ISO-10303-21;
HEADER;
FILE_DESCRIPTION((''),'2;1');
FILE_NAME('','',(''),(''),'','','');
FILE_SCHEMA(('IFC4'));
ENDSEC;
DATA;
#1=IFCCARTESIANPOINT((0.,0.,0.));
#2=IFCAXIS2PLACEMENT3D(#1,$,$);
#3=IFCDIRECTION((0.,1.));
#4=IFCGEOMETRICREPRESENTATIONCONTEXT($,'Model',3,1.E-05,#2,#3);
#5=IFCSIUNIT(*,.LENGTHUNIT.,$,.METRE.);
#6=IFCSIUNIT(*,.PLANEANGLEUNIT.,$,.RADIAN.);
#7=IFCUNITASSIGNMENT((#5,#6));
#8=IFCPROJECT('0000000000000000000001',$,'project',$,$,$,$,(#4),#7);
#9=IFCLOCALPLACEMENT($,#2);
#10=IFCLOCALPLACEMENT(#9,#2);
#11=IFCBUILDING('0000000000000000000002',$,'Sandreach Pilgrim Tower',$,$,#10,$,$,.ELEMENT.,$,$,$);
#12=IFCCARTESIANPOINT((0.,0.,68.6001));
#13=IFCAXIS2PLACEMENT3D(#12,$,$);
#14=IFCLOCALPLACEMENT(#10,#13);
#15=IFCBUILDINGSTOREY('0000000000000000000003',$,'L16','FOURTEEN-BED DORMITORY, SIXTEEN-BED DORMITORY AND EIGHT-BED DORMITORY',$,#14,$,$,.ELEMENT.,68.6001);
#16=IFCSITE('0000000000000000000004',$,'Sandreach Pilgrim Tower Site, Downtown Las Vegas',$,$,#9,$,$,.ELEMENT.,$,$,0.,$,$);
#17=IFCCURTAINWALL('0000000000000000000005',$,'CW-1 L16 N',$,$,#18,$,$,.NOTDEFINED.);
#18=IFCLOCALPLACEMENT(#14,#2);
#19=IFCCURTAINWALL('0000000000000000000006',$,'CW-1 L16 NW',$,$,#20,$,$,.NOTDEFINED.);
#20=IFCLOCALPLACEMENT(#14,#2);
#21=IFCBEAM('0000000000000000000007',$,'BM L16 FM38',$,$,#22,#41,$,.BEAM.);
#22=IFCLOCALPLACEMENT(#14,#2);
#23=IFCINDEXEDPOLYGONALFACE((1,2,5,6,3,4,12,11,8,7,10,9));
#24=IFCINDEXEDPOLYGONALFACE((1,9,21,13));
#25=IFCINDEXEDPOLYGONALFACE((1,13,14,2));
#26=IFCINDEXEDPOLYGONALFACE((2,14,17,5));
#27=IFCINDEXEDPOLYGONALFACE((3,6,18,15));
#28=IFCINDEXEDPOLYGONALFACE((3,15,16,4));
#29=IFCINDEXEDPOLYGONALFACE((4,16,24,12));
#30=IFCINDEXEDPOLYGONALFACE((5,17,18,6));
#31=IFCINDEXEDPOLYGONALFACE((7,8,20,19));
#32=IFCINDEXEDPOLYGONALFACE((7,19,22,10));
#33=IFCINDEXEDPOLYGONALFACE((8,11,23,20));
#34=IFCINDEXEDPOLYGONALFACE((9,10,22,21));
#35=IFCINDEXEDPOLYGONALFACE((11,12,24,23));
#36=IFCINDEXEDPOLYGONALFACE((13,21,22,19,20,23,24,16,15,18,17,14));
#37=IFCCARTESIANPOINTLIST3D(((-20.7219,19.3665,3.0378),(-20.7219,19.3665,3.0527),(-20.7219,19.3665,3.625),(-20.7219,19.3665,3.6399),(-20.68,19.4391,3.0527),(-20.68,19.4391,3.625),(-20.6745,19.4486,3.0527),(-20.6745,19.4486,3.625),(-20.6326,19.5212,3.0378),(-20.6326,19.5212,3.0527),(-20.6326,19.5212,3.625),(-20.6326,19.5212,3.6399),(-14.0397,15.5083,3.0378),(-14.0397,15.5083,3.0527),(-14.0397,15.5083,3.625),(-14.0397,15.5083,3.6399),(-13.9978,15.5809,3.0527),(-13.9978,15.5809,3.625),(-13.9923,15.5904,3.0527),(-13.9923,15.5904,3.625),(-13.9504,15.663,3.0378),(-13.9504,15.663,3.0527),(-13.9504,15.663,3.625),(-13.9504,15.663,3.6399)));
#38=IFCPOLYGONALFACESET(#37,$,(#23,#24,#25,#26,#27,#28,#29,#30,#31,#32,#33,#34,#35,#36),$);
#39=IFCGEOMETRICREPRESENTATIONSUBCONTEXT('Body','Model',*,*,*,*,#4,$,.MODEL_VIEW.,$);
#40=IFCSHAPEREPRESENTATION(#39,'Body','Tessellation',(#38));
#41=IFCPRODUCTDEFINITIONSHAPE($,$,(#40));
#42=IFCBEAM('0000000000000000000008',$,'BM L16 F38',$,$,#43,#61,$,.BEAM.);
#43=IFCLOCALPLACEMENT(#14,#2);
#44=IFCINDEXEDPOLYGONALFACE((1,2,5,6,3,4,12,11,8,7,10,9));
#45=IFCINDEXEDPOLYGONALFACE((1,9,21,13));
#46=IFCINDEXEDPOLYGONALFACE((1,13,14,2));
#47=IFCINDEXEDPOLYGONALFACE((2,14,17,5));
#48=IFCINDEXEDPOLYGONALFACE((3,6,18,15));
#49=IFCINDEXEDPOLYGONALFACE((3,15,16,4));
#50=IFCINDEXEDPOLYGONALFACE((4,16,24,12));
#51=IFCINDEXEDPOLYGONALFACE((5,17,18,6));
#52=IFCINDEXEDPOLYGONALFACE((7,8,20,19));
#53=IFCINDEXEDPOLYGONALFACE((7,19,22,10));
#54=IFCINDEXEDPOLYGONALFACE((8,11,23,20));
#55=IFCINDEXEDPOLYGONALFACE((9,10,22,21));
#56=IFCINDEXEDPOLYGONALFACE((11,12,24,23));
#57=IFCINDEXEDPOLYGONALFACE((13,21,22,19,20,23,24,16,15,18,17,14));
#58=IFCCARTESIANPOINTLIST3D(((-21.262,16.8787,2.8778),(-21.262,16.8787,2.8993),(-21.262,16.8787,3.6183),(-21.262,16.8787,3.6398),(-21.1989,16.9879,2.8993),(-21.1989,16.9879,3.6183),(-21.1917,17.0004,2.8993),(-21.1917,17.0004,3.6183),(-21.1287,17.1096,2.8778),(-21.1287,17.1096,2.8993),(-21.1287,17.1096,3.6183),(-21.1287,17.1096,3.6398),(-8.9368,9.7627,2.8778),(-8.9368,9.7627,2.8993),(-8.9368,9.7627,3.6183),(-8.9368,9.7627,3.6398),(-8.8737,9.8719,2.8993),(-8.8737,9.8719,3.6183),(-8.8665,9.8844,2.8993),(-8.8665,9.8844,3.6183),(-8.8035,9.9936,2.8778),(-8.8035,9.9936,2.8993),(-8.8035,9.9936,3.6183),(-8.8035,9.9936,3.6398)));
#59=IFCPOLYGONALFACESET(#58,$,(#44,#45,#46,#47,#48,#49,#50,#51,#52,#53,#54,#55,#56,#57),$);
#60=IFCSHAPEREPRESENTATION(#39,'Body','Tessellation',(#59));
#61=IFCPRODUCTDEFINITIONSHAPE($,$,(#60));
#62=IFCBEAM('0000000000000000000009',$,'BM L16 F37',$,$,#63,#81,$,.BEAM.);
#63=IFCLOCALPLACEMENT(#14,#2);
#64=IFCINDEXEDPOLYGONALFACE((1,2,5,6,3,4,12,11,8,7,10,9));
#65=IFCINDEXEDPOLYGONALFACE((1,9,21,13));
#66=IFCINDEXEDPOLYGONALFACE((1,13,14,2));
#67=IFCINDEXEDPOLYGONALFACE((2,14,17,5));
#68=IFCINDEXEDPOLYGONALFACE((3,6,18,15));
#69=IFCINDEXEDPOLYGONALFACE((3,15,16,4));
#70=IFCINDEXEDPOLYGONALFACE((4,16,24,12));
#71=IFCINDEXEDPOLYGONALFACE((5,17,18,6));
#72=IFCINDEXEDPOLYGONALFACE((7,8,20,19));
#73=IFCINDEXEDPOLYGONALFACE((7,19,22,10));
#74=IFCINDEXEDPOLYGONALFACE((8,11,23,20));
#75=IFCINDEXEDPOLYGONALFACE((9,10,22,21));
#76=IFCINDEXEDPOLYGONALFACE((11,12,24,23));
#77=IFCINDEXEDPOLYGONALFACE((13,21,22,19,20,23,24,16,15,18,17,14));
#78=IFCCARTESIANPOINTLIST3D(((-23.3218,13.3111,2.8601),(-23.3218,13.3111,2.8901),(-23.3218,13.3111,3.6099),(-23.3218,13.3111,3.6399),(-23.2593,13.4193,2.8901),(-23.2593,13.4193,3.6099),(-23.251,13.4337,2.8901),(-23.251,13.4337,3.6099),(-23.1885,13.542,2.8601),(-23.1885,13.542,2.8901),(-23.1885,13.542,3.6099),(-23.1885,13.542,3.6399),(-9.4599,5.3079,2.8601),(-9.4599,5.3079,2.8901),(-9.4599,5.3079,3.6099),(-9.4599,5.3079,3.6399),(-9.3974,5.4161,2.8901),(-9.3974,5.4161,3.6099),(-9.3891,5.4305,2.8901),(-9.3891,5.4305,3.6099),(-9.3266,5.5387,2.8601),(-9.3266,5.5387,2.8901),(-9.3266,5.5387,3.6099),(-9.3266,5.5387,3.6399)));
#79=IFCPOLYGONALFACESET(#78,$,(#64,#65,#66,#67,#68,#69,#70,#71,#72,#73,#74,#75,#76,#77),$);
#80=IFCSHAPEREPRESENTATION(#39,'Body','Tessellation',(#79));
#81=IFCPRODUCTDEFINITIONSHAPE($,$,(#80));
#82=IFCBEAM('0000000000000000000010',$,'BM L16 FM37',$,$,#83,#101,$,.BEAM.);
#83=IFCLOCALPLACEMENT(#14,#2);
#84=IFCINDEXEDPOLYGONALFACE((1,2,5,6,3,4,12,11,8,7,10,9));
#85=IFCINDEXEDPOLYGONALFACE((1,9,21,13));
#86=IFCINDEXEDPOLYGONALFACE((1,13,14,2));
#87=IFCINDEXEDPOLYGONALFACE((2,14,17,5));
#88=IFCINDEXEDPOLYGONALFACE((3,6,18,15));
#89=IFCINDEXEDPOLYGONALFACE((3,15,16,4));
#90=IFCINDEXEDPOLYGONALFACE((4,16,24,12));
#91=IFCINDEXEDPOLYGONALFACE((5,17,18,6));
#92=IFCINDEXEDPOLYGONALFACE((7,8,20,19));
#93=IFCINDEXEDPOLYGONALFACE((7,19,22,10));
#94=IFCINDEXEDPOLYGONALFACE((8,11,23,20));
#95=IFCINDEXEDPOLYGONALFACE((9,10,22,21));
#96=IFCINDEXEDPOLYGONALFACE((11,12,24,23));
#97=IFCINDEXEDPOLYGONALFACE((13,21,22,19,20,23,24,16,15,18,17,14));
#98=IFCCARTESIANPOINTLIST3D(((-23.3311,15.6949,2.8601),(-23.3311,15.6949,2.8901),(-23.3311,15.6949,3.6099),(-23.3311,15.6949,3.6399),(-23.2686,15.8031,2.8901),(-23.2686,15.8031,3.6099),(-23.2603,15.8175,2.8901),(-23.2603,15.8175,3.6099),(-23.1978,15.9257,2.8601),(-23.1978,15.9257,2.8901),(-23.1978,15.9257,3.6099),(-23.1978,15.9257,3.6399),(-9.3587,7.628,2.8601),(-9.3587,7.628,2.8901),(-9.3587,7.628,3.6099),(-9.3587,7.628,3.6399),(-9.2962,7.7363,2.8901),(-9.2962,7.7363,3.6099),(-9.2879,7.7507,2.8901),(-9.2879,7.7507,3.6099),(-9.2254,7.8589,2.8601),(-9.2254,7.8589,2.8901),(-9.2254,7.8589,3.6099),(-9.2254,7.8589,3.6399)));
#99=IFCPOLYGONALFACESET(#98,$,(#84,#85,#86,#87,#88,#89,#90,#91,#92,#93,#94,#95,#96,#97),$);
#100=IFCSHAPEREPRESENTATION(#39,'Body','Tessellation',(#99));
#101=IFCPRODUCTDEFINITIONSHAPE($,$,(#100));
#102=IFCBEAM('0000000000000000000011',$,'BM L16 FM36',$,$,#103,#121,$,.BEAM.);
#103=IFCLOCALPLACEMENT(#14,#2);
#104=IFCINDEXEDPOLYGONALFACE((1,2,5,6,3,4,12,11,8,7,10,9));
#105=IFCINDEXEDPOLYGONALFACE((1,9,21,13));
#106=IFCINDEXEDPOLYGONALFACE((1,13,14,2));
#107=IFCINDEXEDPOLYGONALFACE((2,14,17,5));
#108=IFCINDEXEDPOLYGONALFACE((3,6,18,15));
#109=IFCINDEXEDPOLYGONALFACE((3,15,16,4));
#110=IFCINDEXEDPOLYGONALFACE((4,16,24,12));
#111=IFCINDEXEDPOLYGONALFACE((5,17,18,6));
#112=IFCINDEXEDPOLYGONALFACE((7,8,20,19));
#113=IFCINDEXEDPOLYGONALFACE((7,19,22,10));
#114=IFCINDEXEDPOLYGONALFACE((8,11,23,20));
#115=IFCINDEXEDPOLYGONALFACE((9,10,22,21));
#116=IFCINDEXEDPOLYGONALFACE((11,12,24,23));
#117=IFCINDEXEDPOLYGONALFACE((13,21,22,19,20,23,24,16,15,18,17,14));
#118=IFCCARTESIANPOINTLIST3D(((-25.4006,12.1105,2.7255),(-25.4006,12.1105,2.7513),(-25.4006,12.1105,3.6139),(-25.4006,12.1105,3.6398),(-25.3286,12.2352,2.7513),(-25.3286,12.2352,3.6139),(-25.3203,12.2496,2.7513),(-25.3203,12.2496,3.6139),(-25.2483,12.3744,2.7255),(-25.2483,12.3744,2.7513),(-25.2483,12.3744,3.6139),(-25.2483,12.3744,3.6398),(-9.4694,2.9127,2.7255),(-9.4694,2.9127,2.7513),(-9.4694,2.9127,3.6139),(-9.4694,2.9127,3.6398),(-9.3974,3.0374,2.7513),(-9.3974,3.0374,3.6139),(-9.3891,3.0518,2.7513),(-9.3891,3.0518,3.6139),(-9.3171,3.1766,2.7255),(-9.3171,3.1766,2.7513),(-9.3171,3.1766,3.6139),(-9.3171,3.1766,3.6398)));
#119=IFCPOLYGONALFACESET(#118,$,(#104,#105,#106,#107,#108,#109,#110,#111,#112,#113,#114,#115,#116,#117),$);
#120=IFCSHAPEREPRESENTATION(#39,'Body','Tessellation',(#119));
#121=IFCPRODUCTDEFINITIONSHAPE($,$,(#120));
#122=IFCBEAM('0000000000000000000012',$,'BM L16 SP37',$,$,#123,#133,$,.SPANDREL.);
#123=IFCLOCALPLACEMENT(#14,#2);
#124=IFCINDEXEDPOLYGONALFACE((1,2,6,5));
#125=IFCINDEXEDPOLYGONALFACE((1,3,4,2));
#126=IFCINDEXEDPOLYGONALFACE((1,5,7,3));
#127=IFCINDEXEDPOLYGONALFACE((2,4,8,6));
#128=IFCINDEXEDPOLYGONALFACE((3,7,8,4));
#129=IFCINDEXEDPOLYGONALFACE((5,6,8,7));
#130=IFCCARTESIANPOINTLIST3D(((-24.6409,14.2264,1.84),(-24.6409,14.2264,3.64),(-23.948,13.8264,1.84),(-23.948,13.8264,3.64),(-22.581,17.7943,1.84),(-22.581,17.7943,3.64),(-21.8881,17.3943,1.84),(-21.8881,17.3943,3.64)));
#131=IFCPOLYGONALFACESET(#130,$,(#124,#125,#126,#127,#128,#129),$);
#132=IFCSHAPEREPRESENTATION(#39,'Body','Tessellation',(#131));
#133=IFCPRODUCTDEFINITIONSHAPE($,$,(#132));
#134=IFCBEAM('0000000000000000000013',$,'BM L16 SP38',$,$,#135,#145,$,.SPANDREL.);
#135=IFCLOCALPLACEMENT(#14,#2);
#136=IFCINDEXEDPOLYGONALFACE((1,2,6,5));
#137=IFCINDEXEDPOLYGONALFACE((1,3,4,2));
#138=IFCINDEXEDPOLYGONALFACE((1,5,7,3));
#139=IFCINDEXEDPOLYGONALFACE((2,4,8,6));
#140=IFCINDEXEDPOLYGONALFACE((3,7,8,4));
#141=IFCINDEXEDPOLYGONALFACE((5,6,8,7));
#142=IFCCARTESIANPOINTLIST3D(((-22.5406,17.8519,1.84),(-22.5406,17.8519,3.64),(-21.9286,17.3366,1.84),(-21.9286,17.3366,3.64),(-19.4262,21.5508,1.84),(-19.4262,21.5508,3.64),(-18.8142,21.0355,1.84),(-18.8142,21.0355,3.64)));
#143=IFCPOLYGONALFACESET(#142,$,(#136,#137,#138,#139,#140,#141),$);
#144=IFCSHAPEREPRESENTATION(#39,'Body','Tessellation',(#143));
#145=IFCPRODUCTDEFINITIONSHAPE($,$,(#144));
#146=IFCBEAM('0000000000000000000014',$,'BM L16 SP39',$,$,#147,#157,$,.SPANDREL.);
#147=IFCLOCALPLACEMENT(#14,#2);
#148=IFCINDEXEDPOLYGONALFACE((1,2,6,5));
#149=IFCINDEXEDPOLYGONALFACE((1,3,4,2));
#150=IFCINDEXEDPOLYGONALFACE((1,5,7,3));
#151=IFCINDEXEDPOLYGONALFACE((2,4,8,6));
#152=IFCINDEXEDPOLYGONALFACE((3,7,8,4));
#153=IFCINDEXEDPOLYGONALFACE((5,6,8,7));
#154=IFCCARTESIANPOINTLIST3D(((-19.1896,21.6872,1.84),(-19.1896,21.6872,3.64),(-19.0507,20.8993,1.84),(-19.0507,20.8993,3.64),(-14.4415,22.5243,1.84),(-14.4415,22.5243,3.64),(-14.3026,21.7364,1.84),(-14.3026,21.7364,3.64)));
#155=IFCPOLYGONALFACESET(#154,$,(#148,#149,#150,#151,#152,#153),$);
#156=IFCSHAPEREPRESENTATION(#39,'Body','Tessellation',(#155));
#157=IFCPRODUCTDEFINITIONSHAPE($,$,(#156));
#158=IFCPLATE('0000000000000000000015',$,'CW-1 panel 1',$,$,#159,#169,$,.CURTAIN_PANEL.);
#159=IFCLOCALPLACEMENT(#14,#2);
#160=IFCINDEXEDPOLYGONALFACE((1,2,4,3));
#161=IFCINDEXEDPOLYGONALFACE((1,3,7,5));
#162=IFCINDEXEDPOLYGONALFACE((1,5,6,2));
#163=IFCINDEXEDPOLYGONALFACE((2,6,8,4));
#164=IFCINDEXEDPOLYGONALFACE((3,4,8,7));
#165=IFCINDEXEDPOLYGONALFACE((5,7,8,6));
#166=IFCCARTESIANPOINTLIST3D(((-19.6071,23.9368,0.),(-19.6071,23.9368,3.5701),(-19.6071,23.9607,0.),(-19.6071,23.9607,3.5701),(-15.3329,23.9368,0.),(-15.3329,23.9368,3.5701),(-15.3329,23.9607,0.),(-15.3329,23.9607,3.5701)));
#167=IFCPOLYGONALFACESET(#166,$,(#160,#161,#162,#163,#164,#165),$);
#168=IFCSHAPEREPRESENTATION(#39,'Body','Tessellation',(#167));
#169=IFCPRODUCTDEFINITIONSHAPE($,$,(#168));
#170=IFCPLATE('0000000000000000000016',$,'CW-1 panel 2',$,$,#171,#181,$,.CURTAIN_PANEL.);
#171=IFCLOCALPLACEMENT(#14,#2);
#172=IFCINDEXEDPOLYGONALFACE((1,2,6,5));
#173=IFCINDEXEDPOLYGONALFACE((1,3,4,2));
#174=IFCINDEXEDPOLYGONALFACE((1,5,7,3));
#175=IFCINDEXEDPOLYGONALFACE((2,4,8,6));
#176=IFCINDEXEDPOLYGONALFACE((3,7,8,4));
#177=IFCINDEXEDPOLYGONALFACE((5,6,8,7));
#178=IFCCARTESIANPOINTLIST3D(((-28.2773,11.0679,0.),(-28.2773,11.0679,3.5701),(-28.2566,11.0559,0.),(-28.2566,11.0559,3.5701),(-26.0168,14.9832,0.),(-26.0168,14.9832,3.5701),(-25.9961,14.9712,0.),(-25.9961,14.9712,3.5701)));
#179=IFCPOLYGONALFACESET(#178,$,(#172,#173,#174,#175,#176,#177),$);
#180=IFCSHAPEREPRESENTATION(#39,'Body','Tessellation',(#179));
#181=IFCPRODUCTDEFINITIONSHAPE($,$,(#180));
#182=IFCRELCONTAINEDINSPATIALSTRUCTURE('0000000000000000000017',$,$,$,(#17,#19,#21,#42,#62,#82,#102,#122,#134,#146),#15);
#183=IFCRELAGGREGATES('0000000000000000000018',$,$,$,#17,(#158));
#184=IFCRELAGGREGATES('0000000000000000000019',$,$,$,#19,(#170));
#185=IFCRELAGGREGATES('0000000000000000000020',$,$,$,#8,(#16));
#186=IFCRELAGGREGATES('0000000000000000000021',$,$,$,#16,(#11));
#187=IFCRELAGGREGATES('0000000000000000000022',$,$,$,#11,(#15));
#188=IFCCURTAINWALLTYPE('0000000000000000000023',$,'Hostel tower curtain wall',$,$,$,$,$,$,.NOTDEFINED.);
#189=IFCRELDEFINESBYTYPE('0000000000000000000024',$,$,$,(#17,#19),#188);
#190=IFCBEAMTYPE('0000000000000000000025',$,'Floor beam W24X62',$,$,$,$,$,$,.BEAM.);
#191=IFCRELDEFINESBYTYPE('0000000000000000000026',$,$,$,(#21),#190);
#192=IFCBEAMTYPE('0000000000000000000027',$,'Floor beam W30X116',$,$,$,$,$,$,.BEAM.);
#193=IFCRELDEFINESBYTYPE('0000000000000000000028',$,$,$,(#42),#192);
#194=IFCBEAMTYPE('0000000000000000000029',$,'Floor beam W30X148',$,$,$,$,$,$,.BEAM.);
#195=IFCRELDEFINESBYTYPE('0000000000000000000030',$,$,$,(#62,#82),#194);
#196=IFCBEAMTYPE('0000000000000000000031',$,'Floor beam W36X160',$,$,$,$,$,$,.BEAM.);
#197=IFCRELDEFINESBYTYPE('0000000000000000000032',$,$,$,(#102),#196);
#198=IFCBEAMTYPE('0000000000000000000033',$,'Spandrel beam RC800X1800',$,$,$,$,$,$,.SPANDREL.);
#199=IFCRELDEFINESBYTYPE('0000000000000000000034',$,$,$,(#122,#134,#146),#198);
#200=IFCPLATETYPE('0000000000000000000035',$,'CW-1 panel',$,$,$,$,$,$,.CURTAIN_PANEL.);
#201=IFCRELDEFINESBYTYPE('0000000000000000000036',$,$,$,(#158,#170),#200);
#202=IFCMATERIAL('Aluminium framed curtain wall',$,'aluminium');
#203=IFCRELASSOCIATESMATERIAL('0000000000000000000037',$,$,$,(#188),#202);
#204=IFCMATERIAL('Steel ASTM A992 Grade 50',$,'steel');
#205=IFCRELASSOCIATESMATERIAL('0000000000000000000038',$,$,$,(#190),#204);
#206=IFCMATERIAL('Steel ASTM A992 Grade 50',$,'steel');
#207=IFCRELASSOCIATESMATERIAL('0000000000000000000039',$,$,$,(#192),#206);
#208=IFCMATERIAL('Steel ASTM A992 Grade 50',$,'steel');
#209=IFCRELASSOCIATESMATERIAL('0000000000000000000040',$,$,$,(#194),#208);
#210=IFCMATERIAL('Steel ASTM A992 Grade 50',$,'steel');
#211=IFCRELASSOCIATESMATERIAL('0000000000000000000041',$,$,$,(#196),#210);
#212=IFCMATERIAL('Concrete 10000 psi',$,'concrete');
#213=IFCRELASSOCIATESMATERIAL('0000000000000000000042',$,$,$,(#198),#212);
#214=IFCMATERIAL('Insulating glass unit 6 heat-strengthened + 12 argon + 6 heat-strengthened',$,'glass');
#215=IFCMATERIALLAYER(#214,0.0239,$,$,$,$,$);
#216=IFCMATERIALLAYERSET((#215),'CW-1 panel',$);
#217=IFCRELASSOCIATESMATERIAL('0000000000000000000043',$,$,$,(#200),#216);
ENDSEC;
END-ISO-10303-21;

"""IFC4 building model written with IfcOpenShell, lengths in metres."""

from ifc_helpers import new_model, si_unit, direction, frame, origin, origin_2d, place, context, subcontext, project, spatial, rectangle, i_section, extrude, material, layer, layer_set, material_profile, profile_set, type_object, element, aggregate, save


model = new_model("IFC4")

# Units and contexts
model_context = context("Model", 3, precision=1e-05, world=origin(), true_north=direction((0.0, 1.0)))
body_context = subcontext(model_context, "Body", "Model", "MODEL_VIEW")
ifc_project = project(units=[si_unit("LENGTHUNIT", "METRE"), si_unit("PLANEANGLEUNIT", "RADIAN")], contexts=[model_context])

# Site, building, storey
site_placement = place(None, origin())
site = spatial("IfcSite", under=ifc_project, at=site_placement, Name="Sandreach Pilgrim Tower Site, Downtown Las Vegas", CompositionType="ELEMENT", RefElevation=0.0)
building_placement = place(site_placement, origin())
building = spatial("IfcBuilding", under=site, at=building_placement, Name="Sandreach Pilgrim Tower", CompositionType="ELEMENT")
storey_placement = place(building_placement, frame((0.0, 0.0, 68.6001)))
storey = spatial("IfcBuildingStorey", under=building, at=storey_placement, Name="L16", Description="FOURTEEN-BED DORMITORY, SIXTEEN-BED DORMITORY AND EIGHT-BED DORMITORY", CompositionType="ELEMENT", Elevation=68.6001)

# Curtain wall
ifc_material_1 = material(Name="Aluminium framed curtain wall", Category="aluminium")
curtain_wall_type = type_object("IfcCurtainWallType", Name="Hostel tower curtain wall", PredefinedType="NOTDEFINED", material=ifc_material_1)
curtain_wall_1_placement = place(storey_placement, origin())
curtain_wall_1 = element("IfcCurtainWall", 1, at=curtain_wall_1_placement, inside=storey, type_object=curtain_wall_type, Name="CW-1 L16 N", PredefinedType="NOTDEFINED")

# Curtain wall
curtain_wall_2_placement = place(storey_placement, origin())
curtain_wall_2 = element("IfcCurtainWall", 2, at=curtain_wall_2_placement, inside=storey, type_object=curtain_wall_type, Name="CW-1 L16 NW", PredefinedType="NOTDEFINED")

# Beams
ifc_material_2 = material(Name="Steel ASTM A992 Grade 50", Category="steel")
ifc_material_profile_1 = material_profile(ifc_material_2, i_section(OverallWidth=0.1787, OverallDepth=0.6021, WebThickness=0.011, FlangeThickness=0.0149, at=origin_2d()), Name="W24X62")
ifc_profile_set_1 = profile_set([ifc_material_profile_1], Name="Steel ASTM A992 Grade 50")
beam_type_1 = type_object("IfcBeamType", Name="Floor beam W24X62", PredefinedType="BEAM", material=ifc_profile_set_1)
beam_1_placement = place(storey_placement, frame((-20.6772, 19.4438, 3.3389), z_axis=(0.866013, -0.500022, 0.0), x_axis=(0.500022, 0.866013, 0.0)))
element("IfcBeam", 3, at=beam_1_placement, inside=storey, type_object=beam_type_1, Name="BM L16 FM38", PredefinedType="BEAM", context=body_context, shape_type="SweptSolid", body=[
    extrude(i_section(OverallWidth=0.1787, OverallDepth=0.6021, WebThickness=0.011, FlangeThickness=0.0149, at=origin_2d()), origin(), (0.0, 0.0, 1.0), 7.7161),
])
ifc_material_3 = material(Name="Steel ASTM A992 Grade 50", Category="steel")
ifc_material_profile_2 = material_profile(ifc_material_3, i_section(OverallWidth=0.2666, OverallDepth=0.762, WebThickness=0.0144, FlangeThickness=0.0215, at=origin_2d()), Name="W30X116")
ifc_profile_set_2 = profile_set([ifc_material_profile_2], Name="Steel ASTM A992 Grade 50")
beam_type_2 = type_object("IfcBeamType", Name="Floor beam W30X116", PredefinedType="BEAM", material=ifc_profile_set_2)
beam_2_placement = place(storey_placement, frame((-21.1953, 16.9941, 3.2588), z_axis=(0.866025, -0.500001, 0.0), x_axis=(0.500001, 0.866025, 0.0)))
element("IfcBeam", 4, at=beam_2_placement, inside=storey, type_object=beam_type_2, Name="BM L16 F38", PredefinedType="BEAM", context=body_context, shape_type="SweptSolid", body=[
    extrude(i_section(OverallWidth=0.2666, OverallDepth=0.762, WebThickness=0.0144, FlangeThickness=0.0215, at=origin_2d()), origin(), (0.0, 0.0, 1.0), 14.2319),
])
ifc_material_4 = material(Name="Steel ASTM A992 Grade 50", Category="steel")
ifc_material_profile_3 = material_profile(ifc_material_4, i_section(OverallWidth=0.2666, OverallDepth=0.7798, WebThickness=0.0166, FlangeThickness=0.03, at=origin_2d()), Name="W30X148")
ifc_profile_set_3 = profile_set([ifc_material_profile_3], Name="Steel ASTM A992 Grade 50")
beam_type_3 = type_object("IfcBeamType", Name="Floor beam W30X148", PredefinedType="BEAM", material=ifc_profile_set_3)
beam_3_placement = place(storey_placement, frame((-23.2551, 13.4265, 3.25), z_axis=(0.866024, -0.500002, 0.0), x_axis=(0.500002, 0.866024, 0.0)))
element("IfcBeam", 5, at=beam_3_placement, inside=storey, type_object=beam_type_3, Name="BM L16 F37", PredefinedType="BEAM", context=body_context, shape_type="SweptSolid", body=[
    extrude(i_section(OverallWidth=0.2666, OverallDepth=0.7798, WebThickness=0.0166, FlangeThickness=0.03, at=origin_2d()), origin(), (0.0, 0.0, 1.0), 16.0063),
])
beam_4_placement = place(storey_placement, frame((-23.2644, 15.8103, 3.25), z_axis=(0.866028, -0.499996, 0.0), x_axis=(0.499996, 0.866028, 0.0)))
element("IfcBeam", 6, at=beam_4_placement, inside=storey, type_object=beam_type_3, Name="BM L16 FM37", PredefinedType="BEAM", context=body_context, shape_type="SweptSolid", body=[
    extrude(i_section(OverallWidth=0.2666, OverallDepth=0.7798, WebThickness=0.0166, FlangeThickness=0.03, at=origin_2d()), origin(), (0.0, 0.0, 1.0), 16.1338),
])
ifc_material_5 = material(Name="Steel ASTM A992 Grade 50", Category="steel")
ifc_material_profile_4 = material_profile(ifc_material_5, i_section(OverallWidth=0.3047, OverallDepth=0.9143, WebThickness=0.0166, FlangeThickness=0.0259, at=origin_2d()), Name="W36X160")
ifc_profile_set_4 = profile_set([ifc_material_profile_4], Name="Steel ASTM A992 Grade 50")
beam_type_4 = type_object("IfcBeamType", Name="Floor beam W36X160", PredefinedType="BEAM", material=ifc_profile_set_4)
beam_5_placement = place(storey_placement, frame((-25.3245, 12.2424, 3.1826), z_axis=(0.866028, -0.499996, 0.0), x_axis=(0.499996, 0.866028, 0.0)))
element("IfcBeam", 7, at=beam_5_placement, inside=storey, type_object=beam_type_4, Name="BM L16 FM36", PredefinedType="BEAM", context=body_context, shape_type="SweptSolid", body=[
    extrude(i_section(OverallWidth=0.3047, OverallDepth=0.9143, WebThickness=0.0166, FlangeThickness=0.0259, at=origin_2d()), origin(), (0.0, 0.0, 1.0), 18.3958),
])
ifc_material_6 = material(Name="Concrete 10000 psi", Category="concrete")
ifc_material_profile_5 = material_profile(ifc_material_6, rectangle(XDim=0.8, YDim=1.8, at=origin_2d()), Name="RC800X1800")
ifc_profile_set_5 = profile_set([ifc_material_profile_5], Name="Concrete 10000 psi")
beam_type_5 = type_object("IfcBeamType", Name="Spandrel beam RC800X1800", PredefinedType="SPANDREL", material=ifc_profile_set_5)
beam_6_placement = place(storey_placement, frame((-24.2944, 14.0264, 2.74), z_axis=(0.499982, 0.866036, 0.0), x_axis=(-0.866036, 0.499982, 0.0)))
element("IfcBeam", 8, at=beam_6_placement, inside=storey, type_object=beam_type_5, Name="BM L16 SP37", PredefinedType="SPANDREL", context=body_context, shape_type="SweptSolid", body=[
    extrude(rectangle(XDim=0.8, YDim=1.8, at=origin_2d()), origin(), (0.0, 0.0, 1.0), 4.1199),
])
beam_7_placement = place(storey_placement, frame((-22.2346, 17.5942, 2.74), z_axis=(0.644084, 0.764954, 0.0), x_axis=(-0.764954, 0.644084, 0.0)))
element("IfcBeam", 9, at=beam_7_placement, inside=storey, type_object=beam_type_5, Name="BM L16 SP38", PredefinedType="SPANDREL", context=body_context, shape_type="SweptSolid", body=[
    extrude(rectangle(XDim=0.8, YDim=1.8, at=origin_2d()), origin(), (0.0, 0.0, 1.0), 4.8354),
])
beam_8_placement = place(storey_placement, frame((-19.1201, 21.2932, 2.74), z_axis=(0.98481, 0.173638, 0.0), x_axis=(-0.173638, 0.98481, 0.0)))
element("IfcBeam", 10, at=beam_8_placement, inside=storey, type_object=beam_type_5, Name="BM L16 SP39", PredefinedType="SPANDREL", context=body_context, shape_type="SweptSolid", body=[
    extrude(rectangle(XDim=0.8, YDim=1.8, at=origin_2d()), origin(), (0.0, 0.0, 1.0), 4.8213),
])

# Plates
ifc_material_7 = material(Name="Insulating glass unit 6 heat-strengthened + 12 argon + 6 heat-strengthened", Category="glass")
ifc_layer_1 = layer(ifc_material_7, 0.0239)
ifc_layer_set_1 = layer_set([ifc_layer_1], Name="CW-1 panel")
plate_type = type_object("IfcPlateType", Name="CW-1 panel", PredefinedType="CURTAIN_PANEL", material=ifc_layer_set_1)
plate_1_placement = place(storey_placement, frame((-17.47, 23.9487, 0.0), z_axis=(0.0, 0.0, 1.0), x_axis=(1.0, 0.0, 0.0)))
plate_1 = element("IfcPlate", 11, at=plate_1_placement, type_object=plate_type, Name="CW-1 panel 1", PredefinedType="CURTAIN_PANEL", context=body_context, shape_type="SweptSolid", body=[
    extrude(rectangle(XDim=4.2742, YDim=0.0239, at=origin_2d()), origin(), (0.0, 0.0, 1.0), 3.5701),
])
aggregate(curtain_wall_1, [plate_1])
plate_2_placement = place(storey_placement, frame((-27.1367, 13.0195, 0.0), z_axis=(0.0, 0.0, 1.0), x_axis=(0.5, 0.866025, 0.0)))
plate_2 = element("IfcPlate", 12, at=plate_2_placement, type_object=plate_type, Name="CW-1 panel 2", PredefinedType="CURTAIN_PANEL", context=body_context, shape_type="SweptSolid", body=[
    extrude(rectangle(XDim=4.521, YDim=0.0239, at=origin_2d()), origin(), (0.0, 0.0, 1.0), 3.5701),
])
aggregate(curtain_wall_2, [plate_2])

save(model, "model.ifc")
